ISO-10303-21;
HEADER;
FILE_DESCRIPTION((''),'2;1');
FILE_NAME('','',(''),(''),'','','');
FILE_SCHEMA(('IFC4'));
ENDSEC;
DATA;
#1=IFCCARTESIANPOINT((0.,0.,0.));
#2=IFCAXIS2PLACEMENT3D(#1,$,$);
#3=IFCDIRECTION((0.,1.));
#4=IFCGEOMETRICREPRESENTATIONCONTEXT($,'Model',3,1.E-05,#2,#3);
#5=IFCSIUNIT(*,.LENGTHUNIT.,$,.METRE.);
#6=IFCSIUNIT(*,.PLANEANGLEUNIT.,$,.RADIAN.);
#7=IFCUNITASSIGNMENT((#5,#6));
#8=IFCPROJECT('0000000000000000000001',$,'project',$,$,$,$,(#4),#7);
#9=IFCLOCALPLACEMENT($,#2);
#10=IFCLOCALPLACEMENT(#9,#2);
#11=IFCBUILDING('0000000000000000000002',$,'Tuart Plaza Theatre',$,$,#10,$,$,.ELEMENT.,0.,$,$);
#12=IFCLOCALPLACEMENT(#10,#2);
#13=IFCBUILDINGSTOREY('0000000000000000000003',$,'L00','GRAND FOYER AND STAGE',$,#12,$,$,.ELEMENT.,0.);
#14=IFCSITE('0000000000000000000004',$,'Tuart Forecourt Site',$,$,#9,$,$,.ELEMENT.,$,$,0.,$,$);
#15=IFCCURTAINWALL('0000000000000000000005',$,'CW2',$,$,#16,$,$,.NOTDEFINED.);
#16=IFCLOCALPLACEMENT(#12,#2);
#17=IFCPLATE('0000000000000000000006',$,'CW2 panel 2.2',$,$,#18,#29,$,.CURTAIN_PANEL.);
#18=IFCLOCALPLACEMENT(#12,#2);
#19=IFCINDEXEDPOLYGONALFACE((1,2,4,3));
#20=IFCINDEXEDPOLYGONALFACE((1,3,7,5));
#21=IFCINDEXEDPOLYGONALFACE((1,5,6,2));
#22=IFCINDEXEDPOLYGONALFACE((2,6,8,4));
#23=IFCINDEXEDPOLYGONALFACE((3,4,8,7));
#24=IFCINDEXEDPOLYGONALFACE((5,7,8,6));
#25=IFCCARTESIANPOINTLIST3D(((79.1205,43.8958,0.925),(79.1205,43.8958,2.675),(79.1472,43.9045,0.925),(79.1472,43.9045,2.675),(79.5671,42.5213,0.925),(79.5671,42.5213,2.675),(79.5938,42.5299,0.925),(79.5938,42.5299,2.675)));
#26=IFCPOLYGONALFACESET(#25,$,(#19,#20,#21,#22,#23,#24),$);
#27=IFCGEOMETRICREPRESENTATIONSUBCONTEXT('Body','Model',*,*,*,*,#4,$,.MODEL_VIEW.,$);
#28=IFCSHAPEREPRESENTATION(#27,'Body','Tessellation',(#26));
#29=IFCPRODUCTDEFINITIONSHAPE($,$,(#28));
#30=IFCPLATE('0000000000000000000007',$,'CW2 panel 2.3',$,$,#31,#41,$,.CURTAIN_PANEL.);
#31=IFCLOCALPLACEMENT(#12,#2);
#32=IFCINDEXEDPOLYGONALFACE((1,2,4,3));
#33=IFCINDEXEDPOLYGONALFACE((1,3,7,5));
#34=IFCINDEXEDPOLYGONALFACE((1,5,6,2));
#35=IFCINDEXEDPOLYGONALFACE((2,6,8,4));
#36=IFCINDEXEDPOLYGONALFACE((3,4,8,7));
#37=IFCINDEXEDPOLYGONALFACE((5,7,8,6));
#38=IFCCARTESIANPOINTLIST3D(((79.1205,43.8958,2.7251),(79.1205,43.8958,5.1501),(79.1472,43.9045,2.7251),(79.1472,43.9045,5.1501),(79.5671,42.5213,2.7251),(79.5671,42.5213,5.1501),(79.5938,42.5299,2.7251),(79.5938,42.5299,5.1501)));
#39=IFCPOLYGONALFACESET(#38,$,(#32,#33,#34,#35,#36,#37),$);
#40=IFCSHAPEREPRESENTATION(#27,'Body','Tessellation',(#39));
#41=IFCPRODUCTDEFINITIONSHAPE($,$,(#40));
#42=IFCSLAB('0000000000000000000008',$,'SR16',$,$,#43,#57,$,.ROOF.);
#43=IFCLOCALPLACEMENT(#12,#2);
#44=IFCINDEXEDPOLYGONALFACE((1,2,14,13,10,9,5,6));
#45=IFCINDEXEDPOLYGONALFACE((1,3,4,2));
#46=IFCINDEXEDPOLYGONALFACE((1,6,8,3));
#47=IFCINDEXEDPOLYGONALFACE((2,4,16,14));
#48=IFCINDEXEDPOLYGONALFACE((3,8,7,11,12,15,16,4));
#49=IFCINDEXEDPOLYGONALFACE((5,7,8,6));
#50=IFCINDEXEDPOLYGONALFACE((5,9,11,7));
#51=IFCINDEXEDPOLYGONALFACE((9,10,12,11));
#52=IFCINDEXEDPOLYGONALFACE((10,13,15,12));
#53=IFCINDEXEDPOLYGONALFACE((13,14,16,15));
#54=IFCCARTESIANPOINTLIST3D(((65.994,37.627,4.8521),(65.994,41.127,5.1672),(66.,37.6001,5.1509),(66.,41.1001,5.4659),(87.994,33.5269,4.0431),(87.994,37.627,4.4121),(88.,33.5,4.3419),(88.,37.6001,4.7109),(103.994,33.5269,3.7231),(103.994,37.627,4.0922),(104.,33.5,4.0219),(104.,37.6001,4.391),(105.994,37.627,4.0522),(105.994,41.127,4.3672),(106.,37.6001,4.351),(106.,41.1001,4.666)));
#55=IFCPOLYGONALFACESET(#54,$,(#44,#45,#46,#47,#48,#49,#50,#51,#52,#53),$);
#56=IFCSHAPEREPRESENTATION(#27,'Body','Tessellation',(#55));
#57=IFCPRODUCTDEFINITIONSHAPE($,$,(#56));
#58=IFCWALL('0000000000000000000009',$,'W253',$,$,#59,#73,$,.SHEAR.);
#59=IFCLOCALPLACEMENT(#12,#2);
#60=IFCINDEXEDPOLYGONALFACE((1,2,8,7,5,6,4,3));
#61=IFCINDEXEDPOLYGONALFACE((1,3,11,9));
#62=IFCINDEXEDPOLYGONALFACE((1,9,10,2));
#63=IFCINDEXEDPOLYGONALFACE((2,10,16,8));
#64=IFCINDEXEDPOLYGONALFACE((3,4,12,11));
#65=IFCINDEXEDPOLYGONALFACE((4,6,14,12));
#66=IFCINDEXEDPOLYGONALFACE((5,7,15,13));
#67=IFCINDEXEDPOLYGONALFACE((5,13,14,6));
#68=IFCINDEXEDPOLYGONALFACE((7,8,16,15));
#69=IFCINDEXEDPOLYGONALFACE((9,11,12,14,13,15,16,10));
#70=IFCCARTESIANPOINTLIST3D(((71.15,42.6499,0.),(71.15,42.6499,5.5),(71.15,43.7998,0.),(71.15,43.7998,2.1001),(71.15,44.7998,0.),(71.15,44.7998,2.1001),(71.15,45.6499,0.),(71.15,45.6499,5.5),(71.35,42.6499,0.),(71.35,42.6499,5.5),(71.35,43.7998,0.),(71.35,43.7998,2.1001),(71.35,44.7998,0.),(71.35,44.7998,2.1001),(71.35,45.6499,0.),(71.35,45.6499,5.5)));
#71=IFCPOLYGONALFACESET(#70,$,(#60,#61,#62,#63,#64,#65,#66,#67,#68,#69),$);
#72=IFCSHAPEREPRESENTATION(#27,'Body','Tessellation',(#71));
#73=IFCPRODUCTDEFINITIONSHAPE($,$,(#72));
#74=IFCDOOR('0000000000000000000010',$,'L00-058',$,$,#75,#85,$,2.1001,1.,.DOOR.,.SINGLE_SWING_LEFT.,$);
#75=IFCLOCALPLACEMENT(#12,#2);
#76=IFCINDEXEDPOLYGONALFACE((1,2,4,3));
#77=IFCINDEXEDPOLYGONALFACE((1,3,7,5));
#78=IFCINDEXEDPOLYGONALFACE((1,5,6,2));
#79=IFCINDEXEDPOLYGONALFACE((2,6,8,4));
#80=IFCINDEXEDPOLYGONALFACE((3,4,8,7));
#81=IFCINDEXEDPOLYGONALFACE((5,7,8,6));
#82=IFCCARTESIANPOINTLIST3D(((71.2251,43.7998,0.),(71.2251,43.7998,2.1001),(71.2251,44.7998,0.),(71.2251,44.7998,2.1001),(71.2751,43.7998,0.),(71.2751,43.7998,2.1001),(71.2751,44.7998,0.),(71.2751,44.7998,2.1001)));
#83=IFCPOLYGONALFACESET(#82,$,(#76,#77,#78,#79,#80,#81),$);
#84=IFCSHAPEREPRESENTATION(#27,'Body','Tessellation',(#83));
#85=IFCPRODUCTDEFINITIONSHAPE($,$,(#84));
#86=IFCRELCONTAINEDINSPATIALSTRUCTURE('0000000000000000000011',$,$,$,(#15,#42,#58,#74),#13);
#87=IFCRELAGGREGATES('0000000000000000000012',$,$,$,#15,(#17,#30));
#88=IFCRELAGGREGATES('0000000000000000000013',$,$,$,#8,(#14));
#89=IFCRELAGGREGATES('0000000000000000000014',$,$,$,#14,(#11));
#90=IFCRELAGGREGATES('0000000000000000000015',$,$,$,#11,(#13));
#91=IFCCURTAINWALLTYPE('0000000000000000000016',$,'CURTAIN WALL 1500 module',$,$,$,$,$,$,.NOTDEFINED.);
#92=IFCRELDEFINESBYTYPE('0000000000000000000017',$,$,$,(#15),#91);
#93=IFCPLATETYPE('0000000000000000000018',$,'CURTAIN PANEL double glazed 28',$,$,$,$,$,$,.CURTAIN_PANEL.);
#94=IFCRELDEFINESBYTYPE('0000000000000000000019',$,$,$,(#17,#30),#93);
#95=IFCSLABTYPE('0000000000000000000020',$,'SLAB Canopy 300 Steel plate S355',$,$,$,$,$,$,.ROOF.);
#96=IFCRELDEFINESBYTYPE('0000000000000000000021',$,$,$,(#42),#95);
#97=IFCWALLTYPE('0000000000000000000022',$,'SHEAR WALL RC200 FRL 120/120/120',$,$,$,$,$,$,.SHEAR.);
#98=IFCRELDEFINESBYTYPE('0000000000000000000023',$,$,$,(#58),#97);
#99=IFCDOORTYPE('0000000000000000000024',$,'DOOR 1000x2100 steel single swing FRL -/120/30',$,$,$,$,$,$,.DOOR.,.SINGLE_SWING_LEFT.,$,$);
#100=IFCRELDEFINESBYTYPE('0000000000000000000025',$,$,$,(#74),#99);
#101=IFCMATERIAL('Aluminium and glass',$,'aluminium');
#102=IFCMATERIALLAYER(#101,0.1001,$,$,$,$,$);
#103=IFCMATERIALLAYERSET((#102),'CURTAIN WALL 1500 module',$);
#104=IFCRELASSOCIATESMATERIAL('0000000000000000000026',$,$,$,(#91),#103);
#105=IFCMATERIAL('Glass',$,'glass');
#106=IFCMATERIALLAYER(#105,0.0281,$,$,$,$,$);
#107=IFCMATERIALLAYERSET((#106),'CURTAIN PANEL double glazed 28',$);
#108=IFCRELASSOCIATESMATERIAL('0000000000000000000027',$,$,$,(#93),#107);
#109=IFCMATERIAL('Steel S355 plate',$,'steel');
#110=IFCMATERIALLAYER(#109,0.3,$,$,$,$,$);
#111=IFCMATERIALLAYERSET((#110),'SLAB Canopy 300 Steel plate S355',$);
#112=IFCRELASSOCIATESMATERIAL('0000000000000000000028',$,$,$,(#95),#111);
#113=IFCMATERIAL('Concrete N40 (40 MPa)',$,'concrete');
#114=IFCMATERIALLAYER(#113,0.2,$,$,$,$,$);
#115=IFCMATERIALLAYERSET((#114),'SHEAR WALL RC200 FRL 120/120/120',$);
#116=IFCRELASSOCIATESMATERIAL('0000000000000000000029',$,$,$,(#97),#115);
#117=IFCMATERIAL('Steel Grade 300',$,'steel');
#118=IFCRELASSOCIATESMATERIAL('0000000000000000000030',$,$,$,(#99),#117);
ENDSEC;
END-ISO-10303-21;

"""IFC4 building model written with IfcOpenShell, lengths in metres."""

from ifc_helpers import new_model, si_unit, direction, frame, frame_2d, origin, origin_2d, place, context, subcontext, project, spatial, polyline, rectangle, outline, extrude, material, layer, layer_set, type_object, element, fill, aggregate, save


model = new_model("IFC4")

# Units and contexts
model_context = context("Model", 3, precision=1e-05, world=origin(), true_north=direction((0.0, 1.0)))
body_context = subcontext(model_context, "Body", "Model", "MODEL_VIEW")
ifc_project = project(units=[si_unit("LENGTHUNIT", "METRE"), si_unit("PLANEANGLEUNIT", "RADIAN")], contexts=[model_context])

# Site, building, storey
site_placement = place(None, origin())
site = spatial("IfcSite", under=ifc_project, at=site_placement, Name="Tuart Forecourt Site", CompositionType="ELEMENT", RefElevation=0.0)
building_placement = place(site_placement, origin())
building = spatial("IfcBuilding", under=site, at=building_placement, Name="Tuart Plaza Theatre", CompositionType="ELEMENT", ElevationOfRefHeight=0.0)
storey_placement = place(building_placement, origin())
storey = spatial("IfcBuildingStorey", under=building, at=storey_placement, Name="L00", Description="GRAND FOYER AND STAGE", CompositionType="ELEMENT", Elevation=0.0)

# Curtain wall
ifc_material_1 = material(Name="Aluminium and glass", Category="aluminium")
ifc_layer_1 = layer(ifc_material_1, 0.1001)
ifc_layer_set_1 = layer_set([ifc_layer_1], Name="CURTAIN WALL 1500 module")
curtain_wall_type = type_object("IfcCurtainWallType", Name="CURTAIN WALL 1500 module", PredefinedType="NOTDEFINED", material=ifc_layer_set_1)
curtain_wall_1_placement = place(storey_placement, origin())
curtain_wall_1 = element("IfcCurtainWall", 1, at=curtain_wall_1_placement, inside=storey, type_object=curtain_wall_type, Name="CW2", PredefinedType="NOTDEFINED")

# Plates
ifc_material_2 = material(Name="Glass", Category="glass")
ifc_layer_2 = layer(ifc_material_2, 0.0281)
ifc_layer_set_2 = layer_set([ifc_layer_2], Name="CURTAIN PANEL double glazed 28")
plate_type = type_object("IfcPlateType", Name="CURTAIN PANEL double glazed 28", PredefinedType="CURTAIN_PANEL", material=ifc_layer_set_2)
plate_1_placement = place(storey_placement, frame((79.3572, 43.2129, 0.925), z_axis=(0.0, 0.0, 1.0), x_axis=(0.309018, -0.951056, 0.0)))
plate_1 = element("IfcPlate", 2, at=plate_1_placement, type_object=plate_type, Name="CW2 panel 2.2", PredefinedType="CURTAIN_PANEL", context=body_context, shape_type="SweptSolid", body=[
    extrude(rectangle(XDim=1.4453, YDim=0.0281, at=origin_2d()), origin(), (0.0, 0.0, 1.0), 1.75),
])
plate_2_placement = place(storey_placement, frame((79.3572, 43.2129, 2.7251), z_axis=(0.0, 0.0, 1.0), x_axis=(0.309018, -0.951056, 0.0)))
plate_2 = element("IfcPlate", 3, at=plate_2_placement, type_object=plate_type, Name="CW2 panel 2.3", PredefinedType="CURTAIN_PANEL", context=body_context, shape_type="SweptSolid", body=[
    extrude(rectangle(XDim=1.4453, YDim=0.0281, at=origin_2d()), origin(), (0.0, 0.0, 1.0), 2.425),
])
aggregate(curtain_wall_1, [plate_1, plate_2])

# Slab
ifc_material_3 = material(Name="Steel S355 plate", Category="steel")
ifc_layer_3 = layer(ifc_material_3, 0.3)
ifc_layer_set_3 = layer_set([ifc_layer_3], Name="SLAB Canopy 300 Steel plate S355")
slab_type = type_object("IfcSlabType", Name="SLAB Canopy 300 Steel plate S355", PredefinedType="ROOF", material=ifc_layer_set_3)
slab_placement = place(storey_placement, frame((66.0, 37.6001, 5.1509), z_axis=(0.019913, -0.089635, 0.995776), x_axis=(0.9998, 0.0, -0.019994)))
element("IfcSlab", 4, at=slab_placement, inside=storey, type_object=slab_type, Name="SR16", PredefinedType="ROOF", context=body_context, shape_type="SweptSolid", body=[
    extrude(outline(polyline([(0.0, 0.0), (22.0044, 0.0), (22.0118, -4.1167), (38.015, -4.1167), (38.0076, 0.0), (40.008, 0.0), (40.0017, 3.5141), (-0.0063, 3.5142), (0.0, 0.0)])), origin(), (0.0, 0.0, -1.0), 0.3),
])

# Wall, opening, door
ifc_material_4 = material(Name="Concrete N40 (40 MPa)", Category="concrete")
ifc_layer_4 = layer(ifc_material_4, 0.2)
ifc_layer_set_4 = layer_set([ifc_layer_4], Name="SHEAR WALL RC200 FRL 120/120/120")
wall_type_1 = type_object("IfcWallType", Name="SHEAR WALL RC200 FRL 120/120/120", PredefinedType="SHEAR", material=ifc_layer_set_4)
wall_1_placement = place(storey_placement, frame((71.25, 42.6499, 0.0), z_axis=(0.0, 0.0, 1.0), x_axis=(0.0, 1.0, 0.0)))
wall_1 = element("IfcWall", 5, at=wall_1_placement, inside=storey, type_object=wall_type_1, Name="W253", PredefinedType="SHEAR", context=body_context, shape_type="SweptSolid", body=[
    extrude(rectangle(XDim=3.0, YDim=0.2, at=frame_2d((1.5, 0.0))), origin(), (0.0, 0.0, 1.0), 5.5),
])
opening_1_placement = place(wall_1_placement, frame((1.1499, 0.0, 0.0)))
opening_1 = element("IfcOpeningElement", 6, at=opening_1_placement, cuts=wall_1, PredefinedType="OPENING", context=body_context, shape_type="SweptSolid", body=[
    extrude(rectangle(XDim=1.0, YDim=2.1001, at=frame_2d((0.5, 1.05))), frame((0.0, 0.1099, 0.0), z_axis=(0.0, -1.0, 0.0), x_axis=(1.0, 0.0, 0.0)), (0.0, 0.0, 1.0), 0.22),
])
ifc_material_5 = material(Name="Steel Grade 300", Category="steel")
door_type_1 = type_object("IfcDoorType", Name="DOOR 1000x2100 steel single swing FRL -/120/30", OperationType="SINGLE_SWING_LEFT", PredefinedType="DOOR", material=ifc_material_5)
door_1_placement = place(opening_1_placement, origin())
door_1 = element("IfcDoor", 7, at=door_1_placement, inside=storey, type_object=door_type_1, Name="L00-058", OperationType="SINGLE_SWING_LEFT", OverallHeight=2.1001, OverallWidth=1.0, PredefinedType="DOOR", context=body_context, shape_type="SweptSolid", body=[
    extrude(rectangle(XDim=1.0, YDim=2.1001, at=frame_2d((0.5, 1.05))), frame((0.0, 0.0249, 0.0), z_axis=(0.0, -1.0, 0.0), x_axis=(1.0, 0.0, 0.0)), (0.0, 0.0, 1.0), 0.05),
])
fill(opening_1, door_1)

save(model, "model.ifc")
